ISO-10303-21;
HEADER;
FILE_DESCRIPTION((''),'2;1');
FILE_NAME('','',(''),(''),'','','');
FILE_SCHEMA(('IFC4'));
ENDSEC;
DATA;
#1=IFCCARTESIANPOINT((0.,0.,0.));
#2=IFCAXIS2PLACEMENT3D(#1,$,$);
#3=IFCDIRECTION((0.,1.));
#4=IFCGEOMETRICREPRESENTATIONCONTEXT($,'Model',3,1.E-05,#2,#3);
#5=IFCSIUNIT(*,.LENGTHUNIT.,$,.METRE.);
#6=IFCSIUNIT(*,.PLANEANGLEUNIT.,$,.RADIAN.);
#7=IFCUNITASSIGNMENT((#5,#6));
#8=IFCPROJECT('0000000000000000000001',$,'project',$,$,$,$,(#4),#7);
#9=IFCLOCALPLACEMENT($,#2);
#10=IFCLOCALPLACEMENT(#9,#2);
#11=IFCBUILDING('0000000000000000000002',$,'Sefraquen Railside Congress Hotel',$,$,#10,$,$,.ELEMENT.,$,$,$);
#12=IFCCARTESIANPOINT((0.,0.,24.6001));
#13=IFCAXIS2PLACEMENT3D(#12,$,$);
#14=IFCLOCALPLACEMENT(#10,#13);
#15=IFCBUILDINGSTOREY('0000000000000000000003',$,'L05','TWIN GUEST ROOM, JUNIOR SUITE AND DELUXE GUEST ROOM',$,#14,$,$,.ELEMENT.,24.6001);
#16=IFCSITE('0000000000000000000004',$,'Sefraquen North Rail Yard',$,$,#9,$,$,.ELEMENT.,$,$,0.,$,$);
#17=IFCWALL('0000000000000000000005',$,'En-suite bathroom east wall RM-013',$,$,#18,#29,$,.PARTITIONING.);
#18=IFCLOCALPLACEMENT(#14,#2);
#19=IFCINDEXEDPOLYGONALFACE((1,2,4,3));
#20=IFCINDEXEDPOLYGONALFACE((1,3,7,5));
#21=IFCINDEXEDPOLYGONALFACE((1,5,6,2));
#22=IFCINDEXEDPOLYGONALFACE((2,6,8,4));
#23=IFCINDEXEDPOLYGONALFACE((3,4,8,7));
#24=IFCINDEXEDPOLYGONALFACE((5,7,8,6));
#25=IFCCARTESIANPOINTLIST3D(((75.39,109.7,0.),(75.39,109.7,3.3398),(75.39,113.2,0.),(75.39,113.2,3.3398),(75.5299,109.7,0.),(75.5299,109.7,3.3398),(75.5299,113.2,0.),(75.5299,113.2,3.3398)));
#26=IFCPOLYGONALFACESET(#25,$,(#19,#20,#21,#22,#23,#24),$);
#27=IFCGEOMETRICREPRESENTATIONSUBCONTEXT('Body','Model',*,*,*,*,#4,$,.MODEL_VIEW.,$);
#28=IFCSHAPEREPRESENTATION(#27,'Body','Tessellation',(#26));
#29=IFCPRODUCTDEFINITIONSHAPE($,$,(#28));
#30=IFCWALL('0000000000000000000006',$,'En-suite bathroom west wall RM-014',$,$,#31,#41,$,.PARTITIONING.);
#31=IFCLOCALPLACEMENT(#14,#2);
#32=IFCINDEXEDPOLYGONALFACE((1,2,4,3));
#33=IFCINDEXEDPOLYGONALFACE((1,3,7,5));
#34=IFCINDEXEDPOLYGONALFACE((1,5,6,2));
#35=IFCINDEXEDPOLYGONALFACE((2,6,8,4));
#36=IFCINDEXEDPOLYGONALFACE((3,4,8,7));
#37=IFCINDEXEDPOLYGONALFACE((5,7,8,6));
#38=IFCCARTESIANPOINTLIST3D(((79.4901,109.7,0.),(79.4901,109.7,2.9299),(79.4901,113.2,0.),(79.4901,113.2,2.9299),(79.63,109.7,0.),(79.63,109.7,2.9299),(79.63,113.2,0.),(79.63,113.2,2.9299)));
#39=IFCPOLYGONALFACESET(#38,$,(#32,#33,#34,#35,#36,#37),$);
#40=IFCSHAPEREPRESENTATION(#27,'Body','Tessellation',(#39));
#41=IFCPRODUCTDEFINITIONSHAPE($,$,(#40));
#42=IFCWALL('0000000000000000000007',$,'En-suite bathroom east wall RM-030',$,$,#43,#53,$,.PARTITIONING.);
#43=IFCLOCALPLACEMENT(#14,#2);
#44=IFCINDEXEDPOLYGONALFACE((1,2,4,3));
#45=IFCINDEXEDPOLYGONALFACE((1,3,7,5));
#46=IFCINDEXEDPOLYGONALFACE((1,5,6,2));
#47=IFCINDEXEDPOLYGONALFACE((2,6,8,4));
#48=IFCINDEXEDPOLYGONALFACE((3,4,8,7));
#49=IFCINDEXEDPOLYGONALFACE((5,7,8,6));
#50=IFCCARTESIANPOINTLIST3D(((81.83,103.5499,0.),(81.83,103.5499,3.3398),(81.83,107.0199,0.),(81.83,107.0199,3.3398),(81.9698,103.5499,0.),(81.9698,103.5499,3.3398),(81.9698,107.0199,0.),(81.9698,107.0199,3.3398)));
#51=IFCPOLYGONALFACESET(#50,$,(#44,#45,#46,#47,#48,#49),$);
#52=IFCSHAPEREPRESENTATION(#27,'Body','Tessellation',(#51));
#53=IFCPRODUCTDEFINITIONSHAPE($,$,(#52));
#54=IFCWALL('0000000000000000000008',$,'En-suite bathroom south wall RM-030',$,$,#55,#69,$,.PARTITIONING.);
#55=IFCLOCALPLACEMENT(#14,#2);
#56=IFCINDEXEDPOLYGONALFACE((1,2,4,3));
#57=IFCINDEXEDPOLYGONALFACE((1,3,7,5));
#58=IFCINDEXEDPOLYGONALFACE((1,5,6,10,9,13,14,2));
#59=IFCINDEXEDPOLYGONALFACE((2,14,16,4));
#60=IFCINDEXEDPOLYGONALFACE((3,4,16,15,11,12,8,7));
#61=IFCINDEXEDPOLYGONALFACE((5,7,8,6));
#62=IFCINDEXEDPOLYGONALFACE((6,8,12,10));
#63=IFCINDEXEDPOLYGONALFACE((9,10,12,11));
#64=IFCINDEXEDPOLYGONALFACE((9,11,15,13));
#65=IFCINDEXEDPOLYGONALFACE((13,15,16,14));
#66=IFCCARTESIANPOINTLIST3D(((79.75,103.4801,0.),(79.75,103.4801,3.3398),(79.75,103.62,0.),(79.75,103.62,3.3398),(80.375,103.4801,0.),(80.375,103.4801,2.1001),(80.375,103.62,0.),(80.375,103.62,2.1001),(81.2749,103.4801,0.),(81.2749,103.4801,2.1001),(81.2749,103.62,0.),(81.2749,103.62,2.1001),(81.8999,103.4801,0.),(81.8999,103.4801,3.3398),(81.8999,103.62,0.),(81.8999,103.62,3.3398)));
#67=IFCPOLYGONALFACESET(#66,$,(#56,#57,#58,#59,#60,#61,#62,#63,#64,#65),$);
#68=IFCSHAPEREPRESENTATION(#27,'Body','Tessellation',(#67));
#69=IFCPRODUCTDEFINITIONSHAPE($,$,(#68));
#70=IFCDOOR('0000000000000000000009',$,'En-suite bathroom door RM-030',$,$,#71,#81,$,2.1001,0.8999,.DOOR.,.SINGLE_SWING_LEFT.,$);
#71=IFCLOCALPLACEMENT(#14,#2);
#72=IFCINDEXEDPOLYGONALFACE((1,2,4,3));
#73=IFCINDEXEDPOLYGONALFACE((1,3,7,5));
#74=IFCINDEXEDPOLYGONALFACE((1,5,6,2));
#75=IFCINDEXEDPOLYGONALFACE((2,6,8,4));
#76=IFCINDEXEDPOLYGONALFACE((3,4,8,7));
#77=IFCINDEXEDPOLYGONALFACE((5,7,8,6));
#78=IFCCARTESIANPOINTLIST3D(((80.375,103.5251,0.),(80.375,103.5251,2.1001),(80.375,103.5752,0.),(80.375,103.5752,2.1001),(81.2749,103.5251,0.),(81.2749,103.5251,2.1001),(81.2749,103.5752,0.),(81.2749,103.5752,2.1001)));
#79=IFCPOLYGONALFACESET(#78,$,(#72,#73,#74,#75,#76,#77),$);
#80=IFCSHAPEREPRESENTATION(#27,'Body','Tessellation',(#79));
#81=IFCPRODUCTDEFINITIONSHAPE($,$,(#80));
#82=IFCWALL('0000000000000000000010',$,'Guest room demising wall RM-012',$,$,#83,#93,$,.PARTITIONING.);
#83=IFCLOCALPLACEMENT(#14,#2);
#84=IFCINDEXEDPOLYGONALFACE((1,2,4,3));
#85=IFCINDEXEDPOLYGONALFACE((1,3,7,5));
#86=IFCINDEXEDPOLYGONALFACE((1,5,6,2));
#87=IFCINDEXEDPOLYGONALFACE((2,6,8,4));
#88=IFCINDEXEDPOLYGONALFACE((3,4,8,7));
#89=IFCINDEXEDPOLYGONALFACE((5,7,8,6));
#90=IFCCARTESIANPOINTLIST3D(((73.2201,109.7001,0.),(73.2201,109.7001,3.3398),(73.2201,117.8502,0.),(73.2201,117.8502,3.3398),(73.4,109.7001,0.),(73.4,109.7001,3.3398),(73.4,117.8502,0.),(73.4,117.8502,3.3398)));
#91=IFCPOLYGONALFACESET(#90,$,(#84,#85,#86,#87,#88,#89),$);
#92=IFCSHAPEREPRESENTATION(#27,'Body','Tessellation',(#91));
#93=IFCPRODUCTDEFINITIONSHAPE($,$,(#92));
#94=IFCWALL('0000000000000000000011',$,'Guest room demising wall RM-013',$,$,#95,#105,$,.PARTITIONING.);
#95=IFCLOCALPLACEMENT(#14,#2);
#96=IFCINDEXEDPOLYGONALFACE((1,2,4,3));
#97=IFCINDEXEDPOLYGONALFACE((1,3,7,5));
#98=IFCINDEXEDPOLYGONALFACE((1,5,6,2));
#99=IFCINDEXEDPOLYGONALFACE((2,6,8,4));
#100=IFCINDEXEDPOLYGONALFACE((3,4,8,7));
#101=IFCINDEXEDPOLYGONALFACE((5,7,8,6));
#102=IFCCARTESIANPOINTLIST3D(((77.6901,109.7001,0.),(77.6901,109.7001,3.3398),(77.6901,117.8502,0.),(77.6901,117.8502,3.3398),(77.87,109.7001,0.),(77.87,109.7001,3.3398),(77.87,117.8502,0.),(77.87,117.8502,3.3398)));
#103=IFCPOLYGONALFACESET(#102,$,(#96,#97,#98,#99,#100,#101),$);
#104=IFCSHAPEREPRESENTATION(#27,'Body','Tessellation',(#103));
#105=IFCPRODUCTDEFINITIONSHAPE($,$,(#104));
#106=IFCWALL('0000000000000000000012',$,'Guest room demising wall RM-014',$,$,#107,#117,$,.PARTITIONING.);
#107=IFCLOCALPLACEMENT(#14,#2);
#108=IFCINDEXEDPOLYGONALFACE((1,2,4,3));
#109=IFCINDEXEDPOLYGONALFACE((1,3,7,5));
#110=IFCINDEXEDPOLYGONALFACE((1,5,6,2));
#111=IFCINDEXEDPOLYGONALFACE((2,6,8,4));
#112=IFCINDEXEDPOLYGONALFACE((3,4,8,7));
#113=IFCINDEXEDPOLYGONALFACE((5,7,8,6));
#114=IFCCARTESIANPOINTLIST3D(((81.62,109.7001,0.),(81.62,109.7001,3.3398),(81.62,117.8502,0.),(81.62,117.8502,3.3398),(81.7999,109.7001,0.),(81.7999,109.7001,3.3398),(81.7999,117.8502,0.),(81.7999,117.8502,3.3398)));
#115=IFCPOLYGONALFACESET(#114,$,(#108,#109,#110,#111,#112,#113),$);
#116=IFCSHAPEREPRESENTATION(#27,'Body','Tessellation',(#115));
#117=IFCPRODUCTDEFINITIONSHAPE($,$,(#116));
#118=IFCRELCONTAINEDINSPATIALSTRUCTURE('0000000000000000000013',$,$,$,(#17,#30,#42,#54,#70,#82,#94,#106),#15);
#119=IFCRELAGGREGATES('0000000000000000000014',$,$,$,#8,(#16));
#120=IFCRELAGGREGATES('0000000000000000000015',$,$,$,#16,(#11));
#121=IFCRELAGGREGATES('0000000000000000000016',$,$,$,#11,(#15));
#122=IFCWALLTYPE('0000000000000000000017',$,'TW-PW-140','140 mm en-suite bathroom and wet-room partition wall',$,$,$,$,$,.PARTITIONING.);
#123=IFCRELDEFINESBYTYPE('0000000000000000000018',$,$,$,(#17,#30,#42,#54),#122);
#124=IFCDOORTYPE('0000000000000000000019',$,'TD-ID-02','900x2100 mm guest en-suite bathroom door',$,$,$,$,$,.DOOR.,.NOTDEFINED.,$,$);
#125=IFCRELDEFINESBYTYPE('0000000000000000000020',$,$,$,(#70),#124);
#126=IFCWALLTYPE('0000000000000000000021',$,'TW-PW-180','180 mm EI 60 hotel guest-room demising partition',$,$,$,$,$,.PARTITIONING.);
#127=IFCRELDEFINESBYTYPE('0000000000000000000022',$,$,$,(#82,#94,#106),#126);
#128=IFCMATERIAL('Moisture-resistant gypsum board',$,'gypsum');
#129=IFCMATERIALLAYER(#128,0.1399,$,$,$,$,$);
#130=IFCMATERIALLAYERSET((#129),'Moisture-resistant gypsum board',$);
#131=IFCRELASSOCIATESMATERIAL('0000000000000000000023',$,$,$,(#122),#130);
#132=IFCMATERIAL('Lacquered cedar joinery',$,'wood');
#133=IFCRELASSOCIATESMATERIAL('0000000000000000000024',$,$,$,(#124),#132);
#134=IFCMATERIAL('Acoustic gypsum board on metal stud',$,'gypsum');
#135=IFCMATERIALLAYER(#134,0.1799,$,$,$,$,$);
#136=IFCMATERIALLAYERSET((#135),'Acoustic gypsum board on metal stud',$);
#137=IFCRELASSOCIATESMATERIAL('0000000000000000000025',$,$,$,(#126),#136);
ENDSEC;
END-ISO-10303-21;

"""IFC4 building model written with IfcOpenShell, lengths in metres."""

from ifc_helpers import new_model, si_unit, direction, frame, frame_2d, origin, place, context, subcontext, project, spatial, rectangle, extrude, material, layer, layer_set, type_object, element, fill, save


model = new_model("IFC4")

# Units and contexts
model_context = context("Model", 3, precision=1e-05, world=origin(), true_north=direction((0.0, 1.0)))
body_context = subcontext(model_context, "Body", "Model", "MODEL_VIEW")
ifc_project = project(units=[si_unit("LENGTHUNIT", "METRE"), si_unit("PLANEANGLEUNIT", "RADIAN")], contexts=[model_context])

# Site, building, storey
site_placement = place(None, origin())
site = spatial("IfcSite", under=ifc_project, at=site_placement, Name="Sefraquen North Rail Yard", CompositionType="ELEMENT", RefElevation=0.0)
building_placement = place(site_placement, origin())
building = spatial("IfcBuilding", under=site, at=building_placement, Name="Sefraquen Railside Congress Hotel", CompositionType="ELEMENT")
storey_placement = place(building_placement, frame((0.0, 0.0, 24.6001)))
storey = spatial("IfcBuildingStorey", under=building, at=storey_placement, Name="L05", Description="TWIN GUEST ROOM, JUNIOR SUITE AND DELUXE GUEST ROOM", CompositionType="ELEMENT", Elevation=24.6001)

# Walls
ifc_material_1 = material(Name="Moisture-resistant gypsum board", Category="gypsum")
ifc_layer_1 = layer(ifc_material_1, 0.1399)
ifc_layer_set_1 = layer_set([ifc_layer_1], Name="Moisture-resistant gypsum board")
wall_type_1 = type_object("IfcWallType", Name="TW-PW-140", Description="140 mm en-suite bathroom and wet-room partition wall", PredefinedType="PARTITIONING", material=ifc_layer_set_1)
wall_1_placement = place(storey_placement, frame((75.46, 109.7, 0.0), z_axis=(0.0, 0.0, 1.0), x_axis=(0.0, 1.0, 0.0)))
element("IfcWall", 1, at=wall_1_placement, inside=storey, type_object=wall_type_1, Name="En-suite bathroom east wall RM-013", PredefinedType="PARTITIONING", context=body_context, shape_type="SweptSolid", body=[
    extrude(rectangle(XDim=3.5, YDim=0.1399, at=frame_2d((1.75, 0.0))), origin(), (0.0, 0.0, 1.0), 3.3398),
])
wall_2_placement = place(storey_placement, frame((79.5601, 109.7, 0.0), z_axis=(0.0, 0.0, 1.0), x_axis=(0.0, 1.0, 0.0)))
element("IfcWall", 2, at=wall_2_placement, inside=storey, type_object=wall_type_1, Name="En-suite bathroom west wall RM-014", PredefinedType="PARTITIONING", context=body_context, shape_type="SweptSolid", body=[
    extrude(rectangle(XDim=3.5, YDim=0.1399, at=frame_2d((1.75, 0.0))), origin(), (0.0, 0.0, 1.0), 2.9299),
])
wall_3_placement = place(storey_placement, frame((81.8999, 103.55, 0.0), z_axis=(0.0, 0.0, 1.0), x_axis=(0.0, 1.0, 0.0)))
element("IfcWall", 3, at=wall_3_placement, inside=storey, type_object=wall_type_1, Name="En-suite bathroom east wall RM-030", PredefinedType="PARTITIONING", context=body_context, shape_type="SweptSolid", body=[
    extrude(rectangle(XDim=3.47, YDim=0.1399, at=frame_2d((1.7349, 0.0))), origin(), (0.0, 0.0, 1.0), 3.3398),
])

# Wall, opening, door
wall_4_placement = place(storey_placement, frame((79.75, 103.55, 0.0), z_axis=(0.0, 0.0, 1.0), x_axis=(1.0, 0.0, 0.0)))
wall_4 = element("IfcWall", 4, at=wall_4_placement, inside=storey, type_object=wall_type_1, Name="En-suite bathroom south wall RM-030", PredefinedType="PARTITIONING", context=body_context, shape_type="SweptSolid", body=[
    extrude(rectangle(XDim=2.1499, YDim=0.1399, at=frame_2d((1.075, 0.0))), origin(), (0.0, 0.0, 1.0), 3.3398),
])
opening_1_placement = place(wall_4_placement, frame((0.625, 0.0, 0.0)))
opening_1 = element("IfcOpeningElement", 5, at=opening_1_placement, cuts=wall_4, PredefinedType="OPENING", context=body_context, shape_type="SweptSolid", body=[
    extrude(rectangle(XDim=0.8999, YDim=2.1001, at=frame_2d((0.45, 1.05))), frame((0.0, 0.0798, 0.0), z_axis=(0.0, -1.0, 0.0), x_axis=(1.0, 0.0, 0.0)), (0.0, 0.0, 1.0), 0.1599),
])
ifc_material_2 = material(Name="Lacquered cedar joinery", Category="wood")
door_type_1 = type_object("IfcDoorType", Name="TD-ID-02", Description="900x2100 mm guest en-suite bathroom door", OperationType="NOTDEFINED", PredefinedType="DOOR", material=ifc_material_2)
door_1_placement = place(opening_1_placement, frame((0.8999, 0.0, 0.0), z_axis=(0.0, 0.0, 1.0), x_axis=(-1.0, 0.0, 0.0)))
door_1 = element("IfcDoor", 6, at=door_1_placement, inside=storey, type_object=door_type_1, Name="En-suite bathroom door RM-030", OperationType="SINGLE_SWING_LEFT", OverallHeight=2.1001, OverallWidth=0.8999, PredefinedType="DOOR", context=body_context, shape_type="SweptSolid", body=[
    extrude(rectangle(XDim=0.8999, YDim=2.1001, at=frame_2d((0.45, 1.05))), frame((0.0, 0.0249, 0.0), z_axis=(0.0, -1.0, 0.0), x_axis=(1.0, 0.0, 0.0)), (0.0, 0.0, 1.0), 0.05),
])
fill(opening_1, door_1)

# Walls
ifc_material_3 = material(Name="Acoustic gypsum board on metal stud", Category="gypsum")
ifc_layer_2 = layer(ifc_material_3, 0.1799)
ifc_layer_set_2 = layer_set([ifc_layer_2], Name="Acoustic gypsum board on metal stud")
wall_type_2 = type_object("IfcWallType", Name="TW-PW-180", Description="180 mm EI 60 hotel guest-room demising partition", PredefinedType="PARTITIONING", material=ifc_layer_set_2)
for number, where, z_axis, x_axis, name in (
    (7, (73.3101, 109.7, 0.0), (0.0, 0.0, 1.0), (0.0, 1.0, 0.0), "Guest room demising wall RM-012"),
    (8, (77.78, 109.7, 0.0), (0.0, 0.0, 1.0), (0.0, 1.0, 0.0), "Guest room demising wall RM-013"),
    (9, (81.71, 109.7, 0.0), (0.0, 0.0, 1.0), (0.0, 1.0, 0.0), "Guest room demising wall RM-014"),
):
    element("IfcWall", number, at=place(storey_placement, frame(where, z_axis=z_axis, x_axis=x_axis)), inside=storey, type_object=wall_type_2, Name=name, PredefinedType="PARTITIONING", context=body_context, shape_type="SweptSolid", body=[
        extrude(rectangle(XDim=8.1501, YDim=0.1799, at=frame_2d((4.0752, 0.0))), origin(), (0.0, 0.0, 1.0), 3.3398),
    ])

save(model, "model.ifc")
